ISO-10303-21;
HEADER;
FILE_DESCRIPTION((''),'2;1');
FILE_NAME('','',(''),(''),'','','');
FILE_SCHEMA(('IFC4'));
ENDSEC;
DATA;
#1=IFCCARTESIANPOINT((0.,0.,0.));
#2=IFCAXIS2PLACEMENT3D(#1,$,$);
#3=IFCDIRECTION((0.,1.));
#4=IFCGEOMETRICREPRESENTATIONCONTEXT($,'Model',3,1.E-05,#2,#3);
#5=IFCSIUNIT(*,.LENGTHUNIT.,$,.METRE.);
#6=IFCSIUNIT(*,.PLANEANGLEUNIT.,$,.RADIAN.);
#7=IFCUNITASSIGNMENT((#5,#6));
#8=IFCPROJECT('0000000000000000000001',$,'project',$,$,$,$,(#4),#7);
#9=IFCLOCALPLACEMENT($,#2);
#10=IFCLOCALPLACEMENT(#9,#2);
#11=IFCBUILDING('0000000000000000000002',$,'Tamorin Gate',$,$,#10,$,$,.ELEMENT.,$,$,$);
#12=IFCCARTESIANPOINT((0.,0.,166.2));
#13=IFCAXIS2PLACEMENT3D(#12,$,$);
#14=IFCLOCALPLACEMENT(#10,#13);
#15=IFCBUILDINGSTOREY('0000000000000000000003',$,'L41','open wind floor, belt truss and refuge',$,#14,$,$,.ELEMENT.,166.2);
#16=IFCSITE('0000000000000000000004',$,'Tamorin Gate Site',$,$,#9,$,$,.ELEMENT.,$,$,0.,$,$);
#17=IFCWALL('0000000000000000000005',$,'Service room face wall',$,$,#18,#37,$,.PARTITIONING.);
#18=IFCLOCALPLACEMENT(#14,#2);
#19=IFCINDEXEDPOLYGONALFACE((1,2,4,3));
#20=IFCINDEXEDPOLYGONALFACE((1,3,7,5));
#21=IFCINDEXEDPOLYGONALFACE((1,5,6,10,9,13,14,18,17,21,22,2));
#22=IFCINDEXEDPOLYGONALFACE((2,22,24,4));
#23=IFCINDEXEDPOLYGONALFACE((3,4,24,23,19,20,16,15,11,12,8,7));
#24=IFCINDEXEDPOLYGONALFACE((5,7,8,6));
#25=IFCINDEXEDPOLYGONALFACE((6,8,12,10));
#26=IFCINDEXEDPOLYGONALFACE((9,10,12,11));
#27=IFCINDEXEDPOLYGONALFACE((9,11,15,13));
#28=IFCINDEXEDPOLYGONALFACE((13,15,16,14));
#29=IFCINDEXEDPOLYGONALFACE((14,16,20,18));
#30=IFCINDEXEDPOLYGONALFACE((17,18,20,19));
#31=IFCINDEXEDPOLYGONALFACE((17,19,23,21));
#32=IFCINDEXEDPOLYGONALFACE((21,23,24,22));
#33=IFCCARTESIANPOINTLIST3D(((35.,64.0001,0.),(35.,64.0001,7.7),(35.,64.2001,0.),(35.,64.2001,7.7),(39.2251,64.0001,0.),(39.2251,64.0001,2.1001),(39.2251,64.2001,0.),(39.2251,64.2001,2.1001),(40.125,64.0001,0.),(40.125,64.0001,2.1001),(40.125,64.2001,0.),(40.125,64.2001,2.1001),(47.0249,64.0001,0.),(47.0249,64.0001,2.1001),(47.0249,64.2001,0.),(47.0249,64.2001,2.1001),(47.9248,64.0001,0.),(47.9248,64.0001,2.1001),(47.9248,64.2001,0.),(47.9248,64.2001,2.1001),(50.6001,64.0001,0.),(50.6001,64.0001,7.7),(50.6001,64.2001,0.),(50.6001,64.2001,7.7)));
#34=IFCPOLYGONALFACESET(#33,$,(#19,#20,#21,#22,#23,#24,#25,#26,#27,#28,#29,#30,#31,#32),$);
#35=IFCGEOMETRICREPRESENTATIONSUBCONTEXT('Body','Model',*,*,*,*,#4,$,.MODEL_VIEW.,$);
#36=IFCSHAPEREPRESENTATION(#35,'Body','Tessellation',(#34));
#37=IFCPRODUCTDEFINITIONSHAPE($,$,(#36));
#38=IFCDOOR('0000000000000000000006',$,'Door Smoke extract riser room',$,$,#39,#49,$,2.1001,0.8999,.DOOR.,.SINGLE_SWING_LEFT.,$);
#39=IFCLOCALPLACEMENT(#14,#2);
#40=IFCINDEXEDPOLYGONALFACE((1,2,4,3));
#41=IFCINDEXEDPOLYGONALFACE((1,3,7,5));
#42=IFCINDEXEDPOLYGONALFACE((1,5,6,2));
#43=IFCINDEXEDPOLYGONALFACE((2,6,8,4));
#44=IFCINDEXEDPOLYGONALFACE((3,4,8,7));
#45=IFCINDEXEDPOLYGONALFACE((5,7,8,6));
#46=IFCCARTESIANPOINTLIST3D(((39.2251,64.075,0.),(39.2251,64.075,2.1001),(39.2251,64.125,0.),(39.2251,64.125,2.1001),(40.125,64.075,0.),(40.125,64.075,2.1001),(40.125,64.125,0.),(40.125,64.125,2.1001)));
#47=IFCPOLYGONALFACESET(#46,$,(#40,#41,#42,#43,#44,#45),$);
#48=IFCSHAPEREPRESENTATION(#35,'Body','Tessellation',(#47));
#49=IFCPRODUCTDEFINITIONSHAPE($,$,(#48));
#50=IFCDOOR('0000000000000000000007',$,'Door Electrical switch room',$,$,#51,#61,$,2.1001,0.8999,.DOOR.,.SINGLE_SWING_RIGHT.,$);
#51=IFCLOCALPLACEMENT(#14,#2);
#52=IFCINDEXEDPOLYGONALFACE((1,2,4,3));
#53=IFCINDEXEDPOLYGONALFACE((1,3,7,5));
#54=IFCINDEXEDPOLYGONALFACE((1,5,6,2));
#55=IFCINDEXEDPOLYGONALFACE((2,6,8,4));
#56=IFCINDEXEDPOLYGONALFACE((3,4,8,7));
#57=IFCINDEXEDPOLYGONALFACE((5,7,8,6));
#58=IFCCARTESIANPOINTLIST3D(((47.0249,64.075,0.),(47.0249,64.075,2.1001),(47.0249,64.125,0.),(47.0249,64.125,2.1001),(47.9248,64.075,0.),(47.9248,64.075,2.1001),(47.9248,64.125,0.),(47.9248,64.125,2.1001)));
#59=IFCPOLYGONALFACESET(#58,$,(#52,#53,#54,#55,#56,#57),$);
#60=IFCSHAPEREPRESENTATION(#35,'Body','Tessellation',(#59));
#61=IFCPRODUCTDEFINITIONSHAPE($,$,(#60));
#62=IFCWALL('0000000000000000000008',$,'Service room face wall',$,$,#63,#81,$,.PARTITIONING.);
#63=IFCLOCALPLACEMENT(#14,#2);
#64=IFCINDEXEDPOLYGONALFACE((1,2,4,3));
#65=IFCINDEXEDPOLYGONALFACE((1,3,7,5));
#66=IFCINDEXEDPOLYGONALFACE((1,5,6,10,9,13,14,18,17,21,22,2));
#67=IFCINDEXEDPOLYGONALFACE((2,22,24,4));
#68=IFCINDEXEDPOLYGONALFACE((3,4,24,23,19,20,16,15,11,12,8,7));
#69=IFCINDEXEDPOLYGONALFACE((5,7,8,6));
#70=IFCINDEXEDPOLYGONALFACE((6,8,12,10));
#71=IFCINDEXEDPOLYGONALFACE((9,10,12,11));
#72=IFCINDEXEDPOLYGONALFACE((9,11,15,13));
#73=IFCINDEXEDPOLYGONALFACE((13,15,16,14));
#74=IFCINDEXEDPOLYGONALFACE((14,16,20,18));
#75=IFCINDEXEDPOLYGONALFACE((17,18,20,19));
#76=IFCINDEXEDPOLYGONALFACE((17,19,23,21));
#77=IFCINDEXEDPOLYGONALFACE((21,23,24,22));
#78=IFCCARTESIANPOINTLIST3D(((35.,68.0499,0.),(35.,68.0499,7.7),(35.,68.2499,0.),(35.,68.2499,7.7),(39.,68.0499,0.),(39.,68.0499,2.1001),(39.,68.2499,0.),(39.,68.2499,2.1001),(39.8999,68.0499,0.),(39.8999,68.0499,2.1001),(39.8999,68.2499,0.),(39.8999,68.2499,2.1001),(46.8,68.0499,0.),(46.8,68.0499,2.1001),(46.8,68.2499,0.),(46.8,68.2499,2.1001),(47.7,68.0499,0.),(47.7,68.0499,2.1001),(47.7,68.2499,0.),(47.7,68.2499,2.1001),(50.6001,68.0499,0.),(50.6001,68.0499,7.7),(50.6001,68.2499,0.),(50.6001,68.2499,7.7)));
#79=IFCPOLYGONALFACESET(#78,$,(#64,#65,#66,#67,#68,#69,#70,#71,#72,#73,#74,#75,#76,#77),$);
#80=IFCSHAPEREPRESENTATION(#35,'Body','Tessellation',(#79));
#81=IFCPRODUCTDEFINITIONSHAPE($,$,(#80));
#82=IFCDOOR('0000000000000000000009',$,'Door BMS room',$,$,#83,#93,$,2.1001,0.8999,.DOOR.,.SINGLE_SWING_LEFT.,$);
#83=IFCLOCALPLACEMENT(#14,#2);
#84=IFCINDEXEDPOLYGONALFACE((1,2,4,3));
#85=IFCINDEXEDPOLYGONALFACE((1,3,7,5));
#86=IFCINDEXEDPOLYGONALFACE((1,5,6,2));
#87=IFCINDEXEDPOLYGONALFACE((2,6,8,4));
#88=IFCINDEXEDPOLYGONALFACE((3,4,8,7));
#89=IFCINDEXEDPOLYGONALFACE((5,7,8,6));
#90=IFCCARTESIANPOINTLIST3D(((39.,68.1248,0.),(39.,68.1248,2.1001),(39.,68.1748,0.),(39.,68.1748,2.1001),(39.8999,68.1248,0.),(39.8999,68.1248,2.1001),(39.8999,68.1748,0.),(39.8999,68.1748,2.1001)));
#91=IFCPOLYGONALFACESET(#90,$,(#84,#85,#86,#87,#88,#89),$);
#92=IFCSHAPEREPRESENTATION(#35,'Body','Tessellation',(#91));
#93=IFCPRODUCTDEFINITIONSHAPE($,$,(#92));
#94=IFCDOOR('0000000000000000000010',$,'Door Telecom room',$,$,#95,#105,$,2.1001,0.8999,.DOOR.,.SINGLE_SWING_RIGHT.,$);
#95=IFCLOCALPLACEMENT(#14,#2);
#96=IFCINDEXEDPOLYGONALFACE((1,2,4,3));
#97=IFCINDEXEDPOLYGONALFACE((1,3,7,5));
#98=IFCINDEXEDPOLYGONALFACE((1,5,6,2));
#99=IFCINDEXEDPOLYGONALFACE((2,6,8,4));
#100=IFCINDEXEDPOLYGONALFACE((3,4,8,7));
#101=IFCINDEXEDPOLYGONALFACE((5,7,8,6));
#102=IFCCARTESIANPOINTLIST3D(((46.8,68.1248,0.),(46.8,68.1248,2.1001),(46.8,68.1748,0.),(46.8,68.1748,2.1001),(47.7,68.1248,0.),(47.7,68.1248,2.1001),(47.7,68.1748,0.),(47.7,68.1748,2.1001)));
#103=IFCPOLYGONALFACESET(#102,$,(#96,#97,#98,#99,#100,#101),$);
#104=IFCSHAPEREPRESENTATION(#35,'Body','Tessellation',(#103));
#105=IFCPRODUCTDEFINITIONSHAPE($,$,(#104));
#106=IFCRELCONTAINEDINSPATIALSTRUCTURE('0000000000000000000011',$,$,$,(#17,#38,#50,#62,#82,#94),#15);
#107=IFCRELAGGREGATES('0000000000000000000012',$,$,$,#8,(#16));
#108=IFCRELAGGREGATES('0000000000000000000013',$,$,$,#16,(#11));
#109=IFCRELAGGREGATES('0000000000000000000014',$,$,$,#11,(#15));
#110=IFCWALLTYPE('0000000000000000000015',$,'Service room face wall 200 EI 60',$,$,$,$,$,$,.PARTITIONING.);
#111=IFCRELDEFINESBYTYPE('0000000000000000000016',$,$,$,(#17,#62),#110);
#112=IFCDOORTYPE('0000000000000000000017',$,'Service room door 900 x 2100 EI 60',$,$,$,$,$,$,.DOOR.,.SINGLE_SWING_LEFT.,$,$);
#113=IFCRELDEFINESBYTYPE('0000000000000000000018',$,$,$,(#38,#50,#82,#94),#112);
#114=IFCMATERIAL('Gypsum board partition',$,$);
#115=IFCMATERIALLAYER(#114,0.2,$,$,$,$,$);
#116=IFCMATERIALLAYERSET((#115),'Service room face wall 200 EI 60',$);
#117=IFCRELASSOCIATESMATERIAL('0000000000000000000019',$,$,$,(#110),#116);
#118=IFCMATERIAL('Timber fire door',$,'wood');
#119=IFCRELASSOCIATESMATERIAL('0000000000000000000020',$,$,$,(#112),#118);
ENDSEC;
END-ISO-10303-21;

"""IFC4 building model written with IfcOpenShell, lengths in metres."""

from ifc_helpers import new_model, si_unit, direction, frame, frame_2d, origin, place, context, subcontext, project, spatial, rectangle, extrude, material, layer, layer_set, type_object, element, fill, save


model = new_model("IFC4")

# Units and contexts
model_context = context("Model", 3, precision=1e-05, world=origin(), true_north=direction((0.0, 1.0)))
body_context = subcontext(model_context, "Body", "Model", "MODEL_VIEW")
ifc_project = project(units=[si_unit("LENGTHUNIT", "METRE"), si_unit("PLANEANGLEUNIT", "RADIAN")], contexts=[model_context])

# Site, building, storey
site_placement = place(None, origin())
site = spatial("IfcSite", under=ifc_project, at=site_placement, Name="Tamorin Gate Site", CompositionType="ELEMENT", RefElevation=0.0)
building_placement = place(site_placement, origin())
building = spatial("IfcBuilding", under=site, at=building_placement, Name="Tamorin Gate", CompositionType="ELEMENT")
storey_placement = place(building_placement, frame((0.0, 0.0, 166.2)))
storey = spatial("IfcBuildingStorey", under=building, at=storey_placement, Name="L41", Description="open wind floor, belt truss and refuge", CompositionType="ELEMENT", Elevation=166.2)

# Walls, openings, doors
ifc_material_1 = material(Name="Gypsum board partition")
ifc_layer_1 = layer(ifc_material_1, 0.2)
ifc_layer_set_1 = layer_set([ifc_layer_1], Name="Service room face wall 200 EI 60")
wall_type_1 = type_object("IfcWallType", Name="Service room face wall 200 EI 60", PredefinedType="PARTITIONING", material=ifc_layer_set_1)
wall_1_placement = place(storey_placement, frame((35.0, 64.1001, 0.0), z_axis=(0.0, 0.0, 1.0), x_axis=(1.0, 0.0, 0.0)))
wall_1 = element("IfcWall", 1, at=wall_1_placement, inside=storey, type_object=wall_type_1, Name="Service room face wall", PredefinedType="PARTITIONING", context=body_context, shape_type="SweptSolid", body=[
    extrude(rectangle(XDim=15.6001, YDim=0.2, at=frame_2d((7.8, 0.0))), origin(), (0.0, 0.0, 1.0), 7.7),
])
opening_1_placement = place(wall_1_placement, frame((4.2251, 0.0, 0.0)))
opening_1 = element("IfcOpeningElement", 2, at=opening_1_placement, cuts=wall_1, PredefinedType="OPENING", context=body_context, shape_type="SweptSolid", body=[
    extrude(rectangle(XDim=0.8999, YDim=2.1001, at=frame_2d((0.45, 1.05))), frame((0.0, 0.1099, 0.0), z_axis=(0.0, -1.0, 0.0), x_axis=(1.0, 0.0, 0.0)), (0.0, 0.0, 1.0), 0.22),
])
opening_2_placement = place(wall_1_placement, frame((12.0249, 0.0, 0.0)))
opening_2 = element("IfcOpeningElement", 3, at=opening_2_placement, cuts=wall_1, PredefinedType="OPENING", context=body_context, shape_type="SweptSolid", body=[
    extrude(rectangle(XDim=0.8999, YDim=2.1001, at=frame_2d((0.45, 1.05))), frame((0.0, 0.1099, 0.0), z_axis=(0.0, -1.0, 0.0), x_axis=(1.0, 0.0, 0.0)), (0.0, 0.0, 1.0), 0.22),
])
ifc_material_2 = material(Name="Timber fire door", Category="wood")
door_type_1 = type_object("IfcDoorType", Name="Service room door 900 x 2100 EI 60", OperationType="SINGLE_SWING_LEFT", PredefinedType="DOOR", material=ifc_material_2)
door_1_placement = place(opening_1_placement, origin())
door_1 = element("IfcDoor", 4, at=door_1_placement, inside=storey, type_object=door_type_1, Name="Door Smoke extract riser room", OperationType="SINGLE_SWING_LEFT", OverallHeight=2.1001, OverallWidth=0.8999, PredefinedType="DOOR", context=body_context, shape_type="SweptSolid", body=[
    extrude(rectangle(XDim=0.8999, YDim=2.1001, at=frame_2d((0.45, 1.05))), frame((0.0, 0.0249, 0.0), z_axis=(0.0, -1.0, 0.0), x_axis=(1.0, 0.0, 0.0)), (0.0, 0.0, 1.0), 0.05),
])
fill(opening_1, door_1)
door_2_placement = place(opening_2_placement, origin())
door_2 = element("IfcDoor", 5, at=door_2_placement, inside=storey, type_object=door_type_1, Name="Door Electrical switch room", OperationType="SINGLE_SWING_RIGHT", OverallHeight=2.1001, OverallWidth=0.8999, PredefinedType="DOOR", context=body_context, shape_type="SweptSolid", body=[
    extrude(rectangle(XDim=0.8999, YDim=2.1001, at=frame_2d((0.45, 1.05))), frame((0.0, 0.0249, 0.0), z_axis=(0.0, -1.0, 0.0), x_axis=(1.0, 0.0, 0.0)), (0.0, 0.0, 1.0), 0.05),
])
fill(opening_2, door_2)
wall_2_placement = place(storey_placement, frame((35.0, 68.1499, 0.0), z_axis=(0.0, 0.0, 1.0), x_axis=(1.0, 0.0, 0.0)))
wall_2 = element("IfcWall", 6, at=wall_2_placement, inside=storey, type_object=wall_type_1, Name="Service room face wall", PredefinedType="PARTITIONING", context=body_context, shape_type="SweptSolid", body=[
    extrude(rectangle(XDim=15.6001, YDim=0.2, at=frame_2d((7.8, 0.0))), origin(), (0.0, 0.0, 1.0), 7.7),
])
opening_3_placement = place(wall_2_placement, frame((4.0, 0.0, 0.0)))
opening_3 = element("IfcOpeningElement", 7, at=opening_3_placement, cuts=wall_2, PredefinedType="OPENING", context=body_context, shape_type="SweptSolid", body=[
    extrude(rectangle(XDim=0.8999, YDim=2.1001, at=frame_2d((0.45, 1.05))), frame((0.0, 0.1099, 0.0), z_axis=(0.0, -1.0, 0.0), x_axis=(1.0, 0.0, 0.0)), (0.0, 0.0, 1.0), 0.22),
])
opening_4_placement = place(wall_2_placement, frame((11.8, 0.0, 0.0)))
opening_4 = element("IfcOpeningElement", 8, at=opening_4_placement, cuts=wall_2, PredefinedType="OPENING", context=body_context, shape_type="SweptSolid", body=[
    extrude(rectangle(XDim=0.8999, YDim=2.1001, at=frame_2d((0.45, 1.05))), frame((0.0, 0.1099, 0.0), z_axis=(0.0, -1.0, 0.0), x_axis=(1.0, 0.0, 0.0)), (0.0, 0.0, 1.0), 0.22),
])
door_3_placement = place(opening_3_placement, origin())
door_3 = element("IfcDoor", 9, at=door_3_placement, inside=storey, type_object=door_type_1, Name="Door BMS room", OperationType="SINGLE_SWING_LEFT", OverallHeight=2.1001, OverallWidth=0.8999, PredefinedType="DOOR", context=body_context, shape_type="SweptSolid", body=[
    extrude(rectangle(XDim=0.8999, YDim=2.1001, at=frame_2d((0.45, 1.05))), frame((0.0, 0.0249, 0.0), z_axis=(0.0, -1.0, 0.0), x_axis=(1.0, 0.0, 0.0)), (0.0, 0.0, 1.0), 0.05),
])
fill(opening_3, door_3)
door_4_placement = place(opening_4_placement, origin())
door_4 = element("IfcDoor", 10, at=door_4_placement, inside=storey, type_object=door_type_1, Name="Door Telecom room", OperationType="SINGLE_SWING_RIGHT", OverallHeight=2.1001, OverallWidth=0.8999, PredefinedType="DOOR", context=body_context, shape_type="SweptSolid", body=[
    extrude(rectangle(XDim=0.8999, YDim=2.1001, at=frame_2d((0.45, 1.05))), frame((0.0, 0.0249, 0.0), z_axis=(0.0, -1.0, 0.0), x_axis=(1.0, 0.0, 0.0)), (0.0, 0.0, 1.0), 0.05),
])
fill(opening_4, door_4)

save(model, "model.ifc")
